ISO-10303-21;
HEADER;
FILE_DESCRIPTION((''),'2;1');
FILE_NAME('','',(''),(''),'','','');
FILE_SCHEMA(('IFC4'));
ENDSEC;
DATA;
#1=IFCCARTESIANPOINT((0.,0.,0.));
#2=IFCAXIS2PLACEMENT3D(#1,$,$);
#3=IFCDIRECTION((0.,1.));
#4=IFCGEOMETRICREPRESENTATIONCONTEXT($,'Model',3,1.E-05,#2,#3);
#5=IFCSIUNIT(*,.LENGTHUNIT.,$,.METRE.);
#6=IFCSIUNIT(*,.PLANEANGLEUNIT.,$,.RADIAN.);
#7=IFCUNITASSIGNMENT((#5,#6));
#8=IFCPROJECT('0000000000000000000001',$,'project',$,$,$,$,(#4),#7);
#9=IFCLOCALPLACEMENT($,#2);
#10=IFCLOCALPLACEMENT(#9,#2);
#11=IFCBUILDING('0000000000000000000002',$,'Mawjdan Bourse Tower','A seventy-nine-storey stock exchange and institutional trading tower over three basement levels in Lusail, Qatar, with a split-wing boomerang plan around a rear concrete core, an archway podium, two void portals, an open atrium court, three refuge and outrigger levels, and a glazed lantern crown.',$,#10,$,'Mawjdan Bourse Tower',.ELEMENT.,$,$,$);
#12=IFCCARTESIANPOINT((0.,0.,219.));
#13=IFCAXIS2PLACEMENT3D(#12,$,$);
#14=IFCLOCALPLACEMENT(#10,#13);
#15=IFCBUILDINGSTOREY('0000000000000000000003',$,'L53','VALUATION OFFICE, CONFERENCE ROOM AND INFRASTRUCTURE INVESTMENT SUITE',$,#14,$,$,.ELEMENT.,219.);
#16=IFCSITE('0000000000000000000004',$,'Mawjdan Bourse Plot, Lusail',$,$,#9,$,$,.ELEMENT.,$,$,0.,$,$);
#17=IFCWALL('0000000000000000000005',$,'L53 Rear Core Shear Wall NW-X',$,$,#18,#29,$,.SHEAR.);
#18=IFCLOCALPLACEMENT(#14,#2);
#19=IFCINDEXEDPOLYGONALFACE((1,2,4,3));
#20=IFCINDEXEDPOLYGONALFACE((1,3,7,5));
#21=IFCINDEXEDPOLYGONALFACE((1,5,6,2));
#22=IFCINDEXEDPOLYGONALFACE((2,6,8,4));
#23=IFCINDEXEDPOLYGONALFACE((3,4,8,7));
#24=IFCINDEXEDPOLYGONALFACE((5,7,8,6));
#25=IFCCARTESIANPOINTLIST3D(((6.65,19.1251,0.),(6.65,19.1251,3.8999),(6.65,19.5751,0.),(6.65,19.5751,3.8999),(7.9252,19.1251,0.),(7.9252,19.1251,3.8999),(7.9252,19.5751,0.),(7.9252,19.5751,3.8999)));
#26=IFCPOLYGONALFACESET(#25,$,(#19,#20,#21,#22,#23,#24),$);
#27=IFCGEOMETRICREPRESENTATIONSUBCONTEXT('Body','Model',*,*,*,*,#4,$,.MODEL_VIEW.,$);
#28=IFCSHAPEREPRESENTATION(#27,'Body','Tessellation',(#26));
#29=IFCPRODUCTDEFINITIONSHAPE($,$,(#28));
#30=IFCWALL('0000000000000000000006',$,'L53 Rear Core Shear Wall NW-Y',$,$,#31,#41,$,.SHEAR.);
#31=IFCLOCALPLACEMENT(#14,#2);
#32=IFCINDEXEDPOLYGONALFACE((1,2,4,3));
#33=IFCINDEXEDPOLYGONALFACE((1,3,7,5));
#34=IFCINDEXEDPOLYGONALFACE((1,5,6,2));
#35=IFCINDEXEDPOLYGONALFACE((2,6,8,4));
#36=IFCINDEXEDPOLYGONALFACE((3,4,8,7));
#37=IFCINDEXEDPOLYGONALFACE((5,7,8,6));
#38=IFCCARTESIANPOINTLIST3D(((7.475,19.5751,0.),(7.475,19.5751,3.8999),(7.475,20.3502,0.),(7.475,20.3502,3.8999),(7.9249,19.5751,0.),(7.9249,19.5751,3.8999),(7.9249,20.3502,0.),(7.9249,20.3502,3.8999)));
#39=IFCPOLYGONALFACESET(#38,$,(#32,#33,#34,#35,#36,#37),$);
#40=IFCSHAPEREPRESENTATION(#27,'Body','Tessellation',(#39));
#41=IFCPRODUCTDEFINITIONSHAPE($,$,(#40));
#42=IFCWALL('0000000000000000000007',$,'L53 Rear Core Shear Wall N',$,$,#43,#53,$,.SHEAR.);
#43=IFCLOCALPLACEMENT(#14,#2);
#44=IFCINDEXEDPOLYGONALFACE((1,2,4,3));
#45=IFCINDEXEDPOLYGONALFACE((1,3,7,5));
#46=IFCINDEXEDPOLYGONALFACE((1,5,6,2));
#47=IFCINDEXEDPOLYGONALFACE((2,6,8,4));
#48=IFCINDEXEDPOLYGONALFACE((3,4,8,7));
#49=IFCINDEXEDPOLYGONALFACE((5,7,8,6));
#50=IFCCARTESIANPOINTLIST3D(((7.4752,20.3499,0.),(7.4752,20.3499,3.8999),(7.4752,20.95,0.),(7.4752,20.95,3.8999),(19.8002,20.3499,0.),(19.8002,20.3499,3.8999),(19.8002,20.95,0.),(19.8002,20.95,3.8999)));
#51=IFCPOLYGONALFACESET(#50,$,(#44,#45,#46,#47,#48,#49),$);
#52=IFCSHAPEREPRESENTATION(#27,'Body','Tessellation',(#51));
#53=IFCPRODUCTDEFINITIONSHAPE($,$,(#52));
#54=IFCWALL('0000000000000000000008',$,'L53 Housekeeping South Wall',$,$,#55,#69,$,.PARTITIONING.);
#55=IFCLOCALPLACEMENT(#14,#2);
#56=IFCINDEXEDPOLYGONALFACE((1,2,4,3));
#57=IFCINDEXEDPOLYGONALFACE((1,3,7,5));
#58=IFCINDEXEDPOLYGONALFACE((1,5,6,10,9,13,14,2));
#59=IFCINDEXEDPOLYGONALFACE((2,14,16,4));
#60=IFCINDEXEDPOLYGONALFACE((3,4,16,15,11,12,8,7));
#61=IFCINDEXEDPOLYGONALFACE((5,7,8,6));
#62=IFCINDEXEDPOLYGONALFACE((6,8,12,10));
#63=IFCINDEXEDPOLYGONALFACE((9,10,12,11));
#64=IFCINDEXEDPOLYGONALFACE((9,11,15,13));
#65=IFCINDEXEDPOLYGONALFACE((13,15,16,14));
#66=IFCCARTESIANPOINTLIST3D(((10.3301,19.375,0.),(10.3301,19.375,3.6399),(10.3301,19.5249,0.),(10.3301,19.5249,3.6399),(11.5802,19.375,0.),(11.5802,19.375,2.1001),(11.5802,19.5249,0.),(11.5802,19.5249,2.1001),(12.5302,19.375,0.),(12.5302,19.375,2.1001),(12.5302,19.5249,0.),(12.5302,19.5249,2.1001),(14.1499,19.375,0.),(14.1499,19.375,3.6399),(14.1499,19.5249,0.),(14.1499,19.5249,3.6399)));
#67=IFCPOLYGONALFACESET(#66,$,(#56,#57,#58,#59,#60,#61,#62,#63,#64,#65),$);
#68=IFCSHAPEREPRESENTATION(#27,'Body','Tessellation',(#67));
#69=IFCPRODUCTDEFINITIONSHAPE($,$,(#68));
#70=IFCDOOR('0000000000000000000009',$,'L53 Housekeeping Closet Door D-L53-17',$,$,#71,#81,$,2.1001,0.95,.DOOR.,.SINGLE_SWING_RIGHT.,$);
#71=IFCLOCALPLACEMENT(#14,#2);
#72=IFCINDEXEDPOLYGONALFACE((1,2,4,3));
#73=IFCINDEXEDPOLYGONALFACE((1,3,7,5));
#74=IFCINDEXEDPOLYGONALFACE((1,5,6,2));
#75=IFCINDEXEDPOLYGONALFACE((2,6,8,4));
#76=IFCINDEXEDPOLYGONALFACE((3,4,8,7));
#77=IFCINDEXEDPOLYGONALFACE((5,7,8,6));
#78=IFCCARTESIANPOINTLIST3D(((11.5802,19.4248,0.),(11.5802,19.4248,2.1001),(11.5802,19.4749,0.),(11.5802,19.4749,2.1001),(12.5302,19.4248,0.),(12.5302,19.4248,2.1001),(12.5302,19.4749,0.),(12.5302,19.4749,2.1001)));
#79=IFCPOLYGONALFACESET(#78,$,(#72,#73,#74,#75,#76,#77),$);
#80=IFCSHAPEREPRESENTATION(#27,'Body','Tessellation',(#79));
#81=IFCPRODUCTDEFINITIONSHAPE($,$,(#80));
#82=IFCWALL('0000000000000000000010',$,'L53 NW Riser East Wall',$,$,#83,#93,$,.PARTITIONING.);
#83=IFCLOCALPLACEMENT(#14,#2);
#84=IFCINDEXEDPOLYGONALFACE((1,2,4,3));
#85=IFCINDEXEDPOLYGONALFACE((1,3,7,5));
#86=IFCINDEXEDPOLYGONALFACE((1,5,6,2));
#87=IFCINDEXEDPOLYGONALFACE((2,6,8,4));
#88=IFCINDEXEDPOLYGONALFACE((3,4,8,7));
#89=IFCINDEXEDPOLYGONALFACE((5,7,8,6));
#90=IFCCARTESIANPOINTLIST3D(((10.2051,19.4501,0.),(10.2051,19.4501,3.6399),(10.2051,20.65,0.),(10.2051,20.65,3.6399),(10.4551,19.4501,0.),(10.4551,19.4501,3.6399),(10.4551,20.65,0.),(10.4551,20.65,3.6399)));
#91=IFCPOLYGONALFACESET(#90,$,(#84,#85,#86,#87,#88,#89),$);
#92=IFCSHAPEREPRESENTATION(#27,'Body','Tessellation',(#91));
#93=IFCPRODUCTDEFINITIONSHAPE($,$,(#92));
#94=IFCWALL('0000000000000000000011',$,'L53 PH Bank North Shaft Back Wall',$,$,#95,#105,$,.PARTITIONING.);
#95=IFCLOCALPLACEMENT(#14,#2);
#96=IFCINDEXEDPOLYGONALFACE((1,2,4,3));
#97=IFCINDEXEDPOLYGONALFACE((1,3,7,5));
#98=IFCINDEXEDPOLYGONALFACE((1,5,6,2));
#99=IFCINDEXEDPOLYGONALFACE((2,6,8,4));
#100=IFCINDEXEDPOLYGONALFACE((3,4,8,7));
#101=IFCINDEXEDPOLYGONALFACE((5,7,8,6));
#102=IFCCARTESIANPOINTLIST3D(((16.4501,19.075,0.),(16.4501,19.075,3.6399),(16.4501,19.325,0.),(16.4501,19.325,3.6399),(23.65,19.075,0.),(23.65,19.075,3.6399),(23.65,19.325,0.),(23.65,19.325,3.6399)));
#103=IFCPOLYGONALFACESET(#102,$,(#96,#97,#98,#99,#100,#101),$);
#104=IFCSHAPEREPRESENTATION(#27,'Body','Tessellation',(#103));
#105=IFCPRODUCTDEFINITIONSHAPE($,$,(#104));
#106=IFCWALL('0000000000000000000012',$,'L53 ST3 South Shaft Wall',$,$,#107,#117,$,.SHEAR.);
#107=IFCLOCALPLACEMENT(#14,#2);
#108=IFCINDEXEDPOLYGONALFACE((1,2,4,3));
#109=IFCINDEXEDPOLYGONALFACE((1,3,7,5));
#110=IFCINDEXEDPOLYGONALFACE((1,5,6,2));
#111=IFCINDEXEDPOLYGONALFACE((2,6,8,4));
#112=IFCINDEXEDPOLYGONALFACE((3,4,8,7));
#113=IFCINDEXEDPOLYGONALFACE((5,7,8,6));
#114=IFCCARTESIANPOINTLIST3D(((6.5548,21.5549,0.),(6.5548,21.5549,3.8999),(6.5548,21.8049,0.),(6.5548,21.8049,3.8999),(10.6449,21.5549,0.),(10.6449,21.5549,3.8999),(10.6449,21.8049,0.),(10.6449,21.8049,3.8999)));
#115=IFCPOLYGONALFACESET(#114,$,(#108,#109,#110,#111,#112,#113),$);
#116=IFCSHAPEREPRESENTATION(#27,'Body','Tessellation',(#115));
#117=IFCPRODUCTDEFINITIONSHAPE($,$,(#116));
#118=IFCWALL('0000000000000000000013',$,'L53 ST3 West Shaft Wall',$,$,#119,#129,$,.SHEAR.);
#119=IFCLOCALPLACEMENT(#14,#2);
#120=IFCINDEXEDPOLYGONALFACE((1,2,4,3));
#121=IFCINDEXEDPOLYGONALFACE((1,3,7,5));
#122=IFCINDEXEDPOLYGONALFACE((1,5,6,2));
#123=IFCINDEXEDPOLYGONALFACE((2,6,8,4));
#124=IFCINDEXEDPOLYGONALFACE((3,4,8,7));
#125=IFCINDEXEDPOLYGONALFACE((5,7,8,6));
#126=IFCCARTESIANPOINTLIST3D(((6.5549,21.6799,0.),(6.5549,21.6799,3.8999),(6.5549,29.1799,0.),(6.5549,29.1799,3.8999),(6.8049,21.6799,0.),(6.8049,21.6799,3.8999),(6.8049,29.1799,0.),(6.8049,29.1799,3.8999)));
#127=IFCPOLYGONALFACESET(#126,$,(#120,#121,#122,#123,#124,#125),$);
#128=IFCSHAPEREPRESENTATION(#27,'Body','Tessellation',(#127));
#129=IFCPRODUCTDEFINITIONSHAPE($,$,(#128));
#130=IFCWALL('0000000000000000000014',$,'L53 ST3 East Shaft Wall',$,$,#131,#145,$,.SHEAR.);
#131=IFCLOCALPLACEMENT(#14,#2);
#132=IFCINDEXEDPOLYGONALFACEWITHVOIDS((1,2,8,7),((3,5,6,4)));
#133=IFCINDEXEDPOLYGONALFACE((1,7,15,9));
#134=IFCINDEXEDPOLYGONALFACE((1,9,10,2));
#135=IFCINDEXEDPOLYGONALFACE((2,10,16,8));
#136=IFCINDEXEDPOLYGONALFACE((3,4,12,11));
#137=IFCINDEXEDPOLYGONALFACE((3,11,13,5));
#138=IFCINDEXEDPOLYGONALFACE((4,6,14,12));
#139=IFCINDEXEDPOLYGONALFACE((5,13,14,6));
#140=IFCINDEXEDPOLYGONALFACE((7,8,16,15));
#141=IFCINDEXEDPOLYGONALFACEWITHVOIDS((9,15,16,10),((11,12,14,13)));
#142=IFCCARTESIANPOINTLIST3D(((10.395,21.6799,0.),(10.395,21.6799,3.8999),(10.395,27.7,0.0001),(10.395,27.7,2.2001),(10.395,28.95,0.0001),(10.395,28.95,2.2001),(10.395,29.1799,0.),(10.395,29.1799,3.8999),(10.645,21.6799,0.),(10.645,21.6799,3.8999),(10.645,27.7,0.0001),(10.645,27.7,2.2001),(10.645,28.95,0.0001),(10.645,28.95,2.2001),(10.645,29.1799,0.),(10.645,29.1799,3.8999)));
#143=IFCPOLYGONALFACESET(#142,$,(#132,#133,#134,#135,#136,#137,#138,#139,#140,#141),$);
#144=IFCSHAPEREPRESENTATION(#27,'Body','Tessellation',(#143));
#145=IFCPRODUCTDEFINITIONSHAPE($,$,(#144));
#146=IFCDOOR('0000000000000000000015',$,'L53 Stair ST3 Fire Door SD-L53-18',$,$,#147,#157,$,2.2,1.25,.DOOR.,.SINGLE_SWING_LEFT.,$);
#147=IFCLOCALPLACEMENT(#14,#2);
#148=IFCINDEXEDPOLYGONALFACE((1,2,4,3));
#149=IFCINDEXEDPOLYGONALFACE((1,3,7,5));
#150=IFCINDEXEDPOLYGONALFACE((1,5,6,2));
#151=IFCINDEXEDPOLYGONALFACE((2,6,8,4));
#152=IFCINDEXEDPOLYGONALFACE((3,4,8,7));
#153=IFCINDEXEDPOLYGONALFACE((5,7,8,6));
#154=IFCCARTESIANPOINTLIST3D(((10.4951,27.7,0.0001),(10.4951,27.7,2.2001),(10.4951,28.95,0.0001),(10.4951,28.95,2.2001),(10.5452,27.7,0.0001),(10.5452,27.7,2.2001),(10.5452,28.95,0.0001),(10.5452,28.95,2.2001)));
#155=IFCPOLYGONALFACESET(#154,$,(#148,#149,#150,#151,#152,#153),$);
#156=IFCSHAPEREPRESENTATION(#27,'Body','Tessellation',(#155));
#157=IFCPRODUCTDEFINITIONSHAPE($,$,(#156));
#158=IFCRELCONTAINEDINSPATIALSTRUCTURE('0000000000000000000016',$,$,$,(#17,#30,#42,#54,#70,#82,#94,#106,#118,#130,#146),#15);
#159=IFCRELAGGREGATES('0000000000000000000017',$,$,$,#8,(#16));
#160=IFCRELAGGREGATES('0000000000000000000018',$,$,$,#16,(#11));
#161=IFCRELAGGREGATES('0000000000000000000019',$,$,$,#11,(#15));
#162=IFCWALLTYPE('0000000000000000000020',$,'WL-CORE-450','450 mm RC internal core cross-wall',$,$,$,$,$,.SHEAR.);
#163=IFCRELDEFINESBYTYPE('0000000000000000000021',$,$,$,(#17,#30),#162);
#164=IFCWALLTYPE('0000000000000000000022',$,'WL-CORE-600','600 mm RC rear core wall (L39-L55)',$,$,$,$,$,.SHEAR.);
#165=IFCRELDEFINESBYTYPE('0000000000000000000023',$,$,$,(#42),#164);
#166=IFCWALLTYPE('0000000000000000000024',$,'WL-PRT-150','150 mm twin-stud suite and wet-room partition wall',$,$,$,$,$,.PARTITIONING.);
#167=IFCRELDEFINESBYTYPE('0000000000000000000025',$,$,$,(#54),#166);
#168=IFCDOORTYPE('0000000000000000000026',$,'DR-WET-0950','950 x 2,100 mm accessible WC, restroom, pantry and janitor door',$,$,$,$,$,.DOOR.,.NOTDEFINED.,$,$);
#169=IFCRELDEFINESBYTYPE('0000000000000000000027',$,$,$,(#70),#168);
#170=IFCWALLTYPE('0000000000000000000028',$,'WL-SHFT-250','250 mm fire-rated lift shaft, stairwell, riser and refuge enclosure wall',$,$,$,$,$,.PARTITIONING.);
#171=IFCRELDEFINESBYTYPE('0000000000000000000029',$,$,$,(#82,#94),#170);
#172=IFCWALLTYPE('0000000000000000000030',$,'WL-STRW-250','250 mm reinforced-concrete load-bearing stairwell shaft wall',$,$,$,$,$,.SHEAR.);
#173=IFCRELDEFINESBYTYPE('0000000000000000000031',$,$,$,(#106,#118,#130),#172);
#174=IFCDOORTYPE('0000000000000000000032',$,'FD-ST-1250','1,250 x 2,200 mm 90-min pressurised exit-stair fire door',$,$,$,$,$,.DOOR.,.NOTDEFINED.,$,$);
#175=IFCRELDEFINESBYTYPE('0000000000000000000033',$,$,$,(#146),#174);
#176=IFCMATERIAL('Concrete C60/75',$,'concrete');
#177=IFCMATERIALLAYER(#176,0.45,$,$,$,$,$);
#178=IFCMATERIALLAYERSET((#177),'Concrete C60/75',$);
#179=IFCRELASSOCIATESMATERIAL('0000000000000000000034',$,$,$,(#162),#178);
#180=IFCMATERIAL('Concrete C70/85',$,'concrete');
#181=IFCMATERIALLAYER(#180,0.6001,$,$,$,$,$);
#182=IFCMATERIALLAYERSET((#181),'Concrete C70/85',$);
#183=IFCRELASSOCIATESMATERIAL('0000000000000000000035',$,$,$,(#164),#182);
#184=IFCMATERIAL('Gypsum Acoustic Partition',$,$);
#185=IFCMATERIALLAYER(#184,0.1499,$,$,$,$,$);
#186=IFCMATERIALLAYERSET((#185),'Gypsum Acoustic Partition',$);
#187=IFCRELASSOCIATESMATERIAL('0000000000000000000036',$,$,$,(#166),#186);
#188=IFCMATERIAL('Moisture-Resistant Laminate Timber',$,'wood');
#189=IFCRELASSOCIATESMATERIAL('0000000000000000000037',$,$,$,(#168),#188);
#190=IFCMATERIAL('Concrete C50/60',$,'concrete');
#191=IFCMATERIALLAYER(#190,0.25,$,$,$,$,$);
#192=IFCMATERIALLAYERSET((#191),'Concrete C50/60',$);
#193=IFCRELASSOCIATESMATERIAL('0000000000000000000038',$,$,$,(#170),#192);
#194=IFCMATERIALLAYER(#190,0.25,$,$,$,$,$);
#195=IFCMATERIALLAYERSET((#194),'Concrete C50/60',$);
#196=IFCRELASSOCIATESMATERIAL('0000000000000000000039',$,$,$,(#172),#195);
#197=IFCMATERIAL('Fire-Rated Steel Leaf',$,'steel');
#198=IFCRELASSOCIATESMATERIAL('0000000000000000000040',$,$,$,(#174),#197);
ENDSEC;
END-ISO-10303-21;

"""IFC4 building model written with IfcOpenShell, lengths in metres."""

from ifc_helpers import new_model, si_unit, direction, frame, frame_2d, origin, place, context, subcontext, project, spatial, rectangle, extrude, material, layer, layer_set, type_object, element, fill, save


model = new_model("IFC4")

# Units and contexts
model_context = context("Model", 3, precision=1e-05, world=origin(), true_north=direction((0.0, 1.0)))
body_context = subcontext(model_context, "Body", "Model", "MODEL_VIEW")
ifc_project = project(units=[si_unit("LENGTHUNIT", "METRE"), si_unit("PLANEANGLEUNIT", "RADIAN")], contexts=[model_context])

# Site, building, storey
site_placement = place(None, origin())
site = spatial("IfcSite", under=ifc_project, at=site_placement, Name="Mawjdan Bourse Plot, Lusail", CompositionType="ELEMENT", RefElevation=0.0)
building_placement = place(site_placement, origin())
building = spatial("IfcBuilding", under=site, at=building_placement, Name="Mawjdan Bourse Tower", Description="A seventy-nine-storey stock exchange and institutional trading tower over three basement levels in Lusail, Qatar, with a split-wing boomerang plan around a rear concrete core, an archway podium, two void portals, an open atrium court, three refuge and outrigger levels, and a glazed lantern crown.", LongName="Mawjdan Bourse Tower", CompositionType="ELEMENT")
storey_placement = place(building_placement, frame((0.0, 0.0, 219.0)))
storey = spatial("IfcBuildingStorey", under=building, at=storey_placement, Name="L53", Description="VALUATION OFFICE, CONFERENCE ROOM AND INFRASTRUCTURE INVESTMENT SUITE", CompositionType="ELEMENT", Elevation=219.0)

# Shared definitions
ifc_material_1 = material(Name="Concrete C70/85", Category="concrete")

# Walls
ifc_material_2 = material(Name="Concrete C60/75", Category="concrete")
ifc_layer_1 = layer(ifc_material_2, 0.45)
ifc_layer_set_1 = layer_set([ifc_layer_1], Name="Concrete C60/75")
wall_type_1 = type_object("IfcWallType", Name="WL-CORE-450", Description="450 mm RC internal core cross-wall", PredefinedType="SHEAR", material=ifc_layer_set_1)
wall_1_placement = place(storey_placement, frame((6.6499, 19.3501, 0.0), z_axis=(0.0, 0.0, 1.0), x_axis=(1.0, 0.0, 0.0)))
element("IfcWall", 1, at=wall_1_placement, inside=storey, type_object=wall_type_1, Name="L53 Rear Core Shear Wall NW-X", PredefinedType="SHEAR", context=body_context, shape_type="SweptSolid", body=[
    extrude(rectangle(XDim=1.2751, YDim=0.45, at=frame_2d((0.6377, 0.0))), origin(), (0.0, 0.0, 1.0), 3.8999),
])
wall_2_placement = place(storey_placement, frame((7.7, 19.575, 0.0), z_axis=(0.0, 0.0, 1.0), x_axis=(0.0, 1.0, 0.0)))
element("IfcWall", 2, at=wall_2_placement, inside=storey, type_object=wall_type_1, Name="L53 Rear Core Shear Wall NW-Y", PredefinedType="SHEAR", context=body_context, shape_type="SweptSolid", body=[
    extrude(rectangle(XDim=0.7751, YDim=0.45, at=frame_2d((0.3877, 0.0))), origin(), (0.0, 0.0, 1.0), 3.8999),
])
ifc_layer_2 = layer(ifc_material_1, 0.6001)
ifc_layer_set_2 = layer_set([ifc_layer_2], Name="Concrete C70/85")
wall_type_2 = type_object("IfcWallType", Name="WL-CORE-600", Description="600 mm RC rear core wall (L39-L55)", PredefinedType="SHEAR", material=ifc_layer_set_2)
wall_3_placement = place(storey_placement, frame((7.4751, 20.6499, 0.0), z_axis=(0.0, 0.0, 1.0), x_axis=(1.0, 0.0, 0.0)))
element("IfcWall", 3, at=wall_3_placement, inside=storey, type_object=wall_type_2, Name="L53 Rear Core Shear Wall N", PredefinedType="SHEAR", context=body_context, shape_type="SweptSolid", body=[
    extrude(rectangle(XDim=12.325, YDim=0.6001, at=frame_2d((6.1626, 0.0))), origin(), (0.0, 0.0, 1.0), 3.8999),
])

# Wall, opening, door
ifc_material_3 = material(Name="Gypsum Acoustic Partition")
ifc_layer_3 = layer(ifc_material_3, 0.1499)
ifc_layer_set_3 = layer_set([ifc_layer_3], Name="Gypsum Acoustic Partition")
wall_type_3 = type_object("IfcWallType", Name="WL-PRT-150", Description="150 mm twin-stud suite and wet-room partition wall", PredefinedType="PARTITIONING", material=ifc_layer_set_3)
wall_4_placement = place(storey_placement, frame((10.3301, 19.45, 0.0), z_axis=(0.0, 0.0, 1.0), x_axis=(1.0, 0.0, 0.0)))
wall_4 = element("IfcWall", 4, at=wall_4_placement, inside=storey, type_object=wall_type_3, Name="L53 Housekeeping South Wall", PredefinedType="PARTITIONING", context=body_context, shape_type="SweptSolid", body=[
    extrude(rectangle(XDim=3.8198, YDim=0.1499, at=frame_2d((1.9099, 0.0))), origin(), (0.0, 0.0, 1.0), 3.6399),
])
opening_1_placement = place(wall_4_placement, frame((1.25, 0.0, 0.0)))
opening_1 = element("IfcOpeningElement", 5, at=opening_1_placement, cuts=wall_4, PredefinedType="OPENING", context=body_context, shape_type="SweptSolid", body=[
    extrude(rectangle(XDim=0.95, YDim=2.1001, at=frame_2d((0.4751, 1.05))), frame((0.0, 0.085, 0.0), z_axis=(0.0, -1.0, 0.0), x_axis=(1.0, 0.0, 0.0)), (0.0, 0.0, 1.0), 0.1699),
])
ifc_material_4 = material(Name="Moisture-Resistant Laminate Timber", Category="wood")
door_type_1 = type_object("IfcDoorType", Name="DR-WET-0950", Description="950 x 2,100 mm accessible WC, restroom, pantry and janitor door", OperationType="NOTDEFINED", PredefinedType="DOOR", material=ifc_material_4)
door_1_placement = place(opening_1_placement, origin())
door_1 = element("IfcDoor", 6, at=door_1_placement, inside=storey, type_object=door_type_1, Name="L53 Housekeeping Closet Door D-L53-17", OperationType="SINGLE_SWING_RIGHT", OverallHeight=2.1001, OverallWidth=0.95, PredefinedType="DOOR", context=body_context, shape_type="SweptSolid", body=[
    extrude(rectangle(XDim=0.95, YDim=2.1001, at=frame_2d((0.4751, 1.05))), frame((0.0, 0.0249, 0.0), z_axis=(0.0, -1.0, 0.0), x_axis=(1.0, 0.0, 0.0)), (0.0, 0.0, 1.0), 0.05),
])
fill(opening_1, door_1)

# Walls
ifc_material_5 = material(Name="Concrete C50/60", Category="concrete")
ifc_layer_4 = layer(ifc_material_5, 0.25)
ifc_layer_set_4 = layer_set([ifc_layer_4], Name="Concrete C50/60")
wall_type_4 = type_object("IfcWallType", Name="WL-SHFT-250", Description="250 mm fire-rated lift shaft, stairwell, riser and refuge enclosure wall", PredefinedType="PARTITIONING", material=ifc_layer_set_4)
wall_5_placement = place(storey_placement, frame((10.3301, 19.45, 0.0), z_axis=(0.0, 0.0, 1.0), x_axis=(0.0, 1.0, 0.0)))
element("IfcWall", 7, at=wall_5_placement, inside=storey, type_object=wall_type_4, Name="L53 NW Riser East Wall", PredefinedType="PARTITIONING", context=body_context, shape_type="SweptSolid", body=[
    extrude(rectangle(XDim=1.2, YDim=0.25, at=frame_2d((0.6001, 0.0))), origin(), (0.0, 0.0, 1.0), 3.6399),
])
wall_6_placement = place(storey_placement, frame((16.45, 19.2, 0.0), z_axis=(0.0, 0.0, 1.0), x_axis=(1.0, 0.0, 0.0)))
element("IfcWall", 8, at=wall_6_placement, inside=storey, type_object=wall_type_4, Name="L53 PH Bank North Shaft Back Wall", PredefinedType="PARTITIONING", context=body_context, shape_type="SweptSolid", body=[
    extrude(rectangle(XDim=7.2, YDim=0.25, at=frame_2d((3.6001, 0.0))), origin(), (0.0, 0.0, 1.0), 3.6399),
])
ifc_layer_5 = layer(ifc_material_5, 0.25)
ifc_layer_set_5 = layer_set([ifc_layer_5], Name="Concrete C50/60")
wall_type_5 = type_object("IfcWallType", Name="WL-STRW-250", Description="250 mm reinforced-concrete load-bearing stairwell shaft wall", PredefinedType="SHEAR", material=ifc_layer_set_5)
wall_7_placement = place(storey_placement, frame((6.5549, 21.6799, 0.0), z_axis=(0.0, 0.0, 1.0), x_axis=(1.0, 0.0, 0.0)))
element("IfcWall", 9, at=wall_7_placement, inside=storey, type_object=wall_type_5, Name="L53 ST3 South Shaft Wall", PredefinedType="SHEAR", context=body_context, shape_type="SweptSolid", body=[
    extrude(rectangle(XDim=4.0901, YDim=0.25, at=frame_2d((2.0449, 0.0))), origin(), (0.0, 0.0, 1.0), 3.8999),
])
wall_8_placement = place(storey_placement, frame((6.6799, 21.6799, 0.0), z_axis=(0.0, 0.0, 1.0), x_axis=(0.0, 1.0, 0.0)))
element("IfcWall", 10, at=wall_8_placement, inside=storey, type_object=wall_type_5, Name="L53 ST3 West Shaft Wall", PredefinedType="SHEAR", context=body_context, shape_type="SweptSolid", body=[
    extrude(rectangle(XDim=7.5, YDim=0.25, at=frame_2d((3.75, 0.0))), origin(), (0.0, 0.0, 1.0), 3.8999),
])

# Wall, opening, door
wall_9_placement = place(storey_placement, frame((10.52, 21.6799, 0.0), z_axis=(0.0, 0.0, 1.0), x_axis=(0.0, 1.0, 0.0)))
wall_9 = element("IfcWall", 11, at=wall_9_placement, inside=storey, type_object=wall_type_5, Name="L53 ST3 East Shaft Wall", PredefinedType="SHEAR", context=body_context, shape_type="SweptSolid", body=[
    extrude(rectangle(XDim=7.5, YDim=0.25, at=frame_2d((3.75, 0.0))), origin(), (0.0, 0.0, 1.0), 3.8999),
])
opening_2_placement = place(wall_9_placement, frame((6.02, 0.0, 0.0)))
opening_2 = element("IfcOpeningElement", 12, at=opening_2_placement, cuts=wall_9, PredefinedType="OPENING", context=body_context, shape_type="SweptSolid", body=[
    extrude(rectangle(XDim=1.25, YDim=2.2, at=frame_2d((0.625, 1.1001))), frame((0.0, 0.135, 0.0), z_axis=(0.0, -1.0, 0.0), x_axis=(1.0, 0.0, 0.0)), (0.0, 0.0, 1.0), 0.27),
])
ifc_material_6 = material(Name="Fire-Rated Steel Leaf", Category="steel")
door_type_2 = type_object("IfcDoorType", Name="FD-ST-1250", Description="1,250 x 2,200 mm 90-min pressurised exit-stair fire door", OperationType="NOTDEFINED", PredefinedType="DOOR", material=ifc_material_6)
door_2_placement = place(opening_2_placement, origin())
door_2 = element("IfcDoor", 13, at=door_2_placement, inside=storey, type_object=door_type_2, Name="L53 Stair ST3 Fire Door SD-L53-18", OperationType="SINGLE_SWING_LEFT", OverallHeight=2.2, OverallWidth=1.25, PredefinedType="DOOR", context=body_context, shape_type="SweptSolid", body=[
    extrude(rectangle(XDim=1.25, YDim=2.2, at=frame_2d((0.625, 1.1001))), frame((0.0, 0.0249, 0.0), z_axis=(0.0, -1.0, 0.0), x_axis=(1.0, 0.0, 0.0)), (0.0, 0.0, 1.0), 0.05),
])
fill(opening_2, door_2)

save(model, "model.ifc")
